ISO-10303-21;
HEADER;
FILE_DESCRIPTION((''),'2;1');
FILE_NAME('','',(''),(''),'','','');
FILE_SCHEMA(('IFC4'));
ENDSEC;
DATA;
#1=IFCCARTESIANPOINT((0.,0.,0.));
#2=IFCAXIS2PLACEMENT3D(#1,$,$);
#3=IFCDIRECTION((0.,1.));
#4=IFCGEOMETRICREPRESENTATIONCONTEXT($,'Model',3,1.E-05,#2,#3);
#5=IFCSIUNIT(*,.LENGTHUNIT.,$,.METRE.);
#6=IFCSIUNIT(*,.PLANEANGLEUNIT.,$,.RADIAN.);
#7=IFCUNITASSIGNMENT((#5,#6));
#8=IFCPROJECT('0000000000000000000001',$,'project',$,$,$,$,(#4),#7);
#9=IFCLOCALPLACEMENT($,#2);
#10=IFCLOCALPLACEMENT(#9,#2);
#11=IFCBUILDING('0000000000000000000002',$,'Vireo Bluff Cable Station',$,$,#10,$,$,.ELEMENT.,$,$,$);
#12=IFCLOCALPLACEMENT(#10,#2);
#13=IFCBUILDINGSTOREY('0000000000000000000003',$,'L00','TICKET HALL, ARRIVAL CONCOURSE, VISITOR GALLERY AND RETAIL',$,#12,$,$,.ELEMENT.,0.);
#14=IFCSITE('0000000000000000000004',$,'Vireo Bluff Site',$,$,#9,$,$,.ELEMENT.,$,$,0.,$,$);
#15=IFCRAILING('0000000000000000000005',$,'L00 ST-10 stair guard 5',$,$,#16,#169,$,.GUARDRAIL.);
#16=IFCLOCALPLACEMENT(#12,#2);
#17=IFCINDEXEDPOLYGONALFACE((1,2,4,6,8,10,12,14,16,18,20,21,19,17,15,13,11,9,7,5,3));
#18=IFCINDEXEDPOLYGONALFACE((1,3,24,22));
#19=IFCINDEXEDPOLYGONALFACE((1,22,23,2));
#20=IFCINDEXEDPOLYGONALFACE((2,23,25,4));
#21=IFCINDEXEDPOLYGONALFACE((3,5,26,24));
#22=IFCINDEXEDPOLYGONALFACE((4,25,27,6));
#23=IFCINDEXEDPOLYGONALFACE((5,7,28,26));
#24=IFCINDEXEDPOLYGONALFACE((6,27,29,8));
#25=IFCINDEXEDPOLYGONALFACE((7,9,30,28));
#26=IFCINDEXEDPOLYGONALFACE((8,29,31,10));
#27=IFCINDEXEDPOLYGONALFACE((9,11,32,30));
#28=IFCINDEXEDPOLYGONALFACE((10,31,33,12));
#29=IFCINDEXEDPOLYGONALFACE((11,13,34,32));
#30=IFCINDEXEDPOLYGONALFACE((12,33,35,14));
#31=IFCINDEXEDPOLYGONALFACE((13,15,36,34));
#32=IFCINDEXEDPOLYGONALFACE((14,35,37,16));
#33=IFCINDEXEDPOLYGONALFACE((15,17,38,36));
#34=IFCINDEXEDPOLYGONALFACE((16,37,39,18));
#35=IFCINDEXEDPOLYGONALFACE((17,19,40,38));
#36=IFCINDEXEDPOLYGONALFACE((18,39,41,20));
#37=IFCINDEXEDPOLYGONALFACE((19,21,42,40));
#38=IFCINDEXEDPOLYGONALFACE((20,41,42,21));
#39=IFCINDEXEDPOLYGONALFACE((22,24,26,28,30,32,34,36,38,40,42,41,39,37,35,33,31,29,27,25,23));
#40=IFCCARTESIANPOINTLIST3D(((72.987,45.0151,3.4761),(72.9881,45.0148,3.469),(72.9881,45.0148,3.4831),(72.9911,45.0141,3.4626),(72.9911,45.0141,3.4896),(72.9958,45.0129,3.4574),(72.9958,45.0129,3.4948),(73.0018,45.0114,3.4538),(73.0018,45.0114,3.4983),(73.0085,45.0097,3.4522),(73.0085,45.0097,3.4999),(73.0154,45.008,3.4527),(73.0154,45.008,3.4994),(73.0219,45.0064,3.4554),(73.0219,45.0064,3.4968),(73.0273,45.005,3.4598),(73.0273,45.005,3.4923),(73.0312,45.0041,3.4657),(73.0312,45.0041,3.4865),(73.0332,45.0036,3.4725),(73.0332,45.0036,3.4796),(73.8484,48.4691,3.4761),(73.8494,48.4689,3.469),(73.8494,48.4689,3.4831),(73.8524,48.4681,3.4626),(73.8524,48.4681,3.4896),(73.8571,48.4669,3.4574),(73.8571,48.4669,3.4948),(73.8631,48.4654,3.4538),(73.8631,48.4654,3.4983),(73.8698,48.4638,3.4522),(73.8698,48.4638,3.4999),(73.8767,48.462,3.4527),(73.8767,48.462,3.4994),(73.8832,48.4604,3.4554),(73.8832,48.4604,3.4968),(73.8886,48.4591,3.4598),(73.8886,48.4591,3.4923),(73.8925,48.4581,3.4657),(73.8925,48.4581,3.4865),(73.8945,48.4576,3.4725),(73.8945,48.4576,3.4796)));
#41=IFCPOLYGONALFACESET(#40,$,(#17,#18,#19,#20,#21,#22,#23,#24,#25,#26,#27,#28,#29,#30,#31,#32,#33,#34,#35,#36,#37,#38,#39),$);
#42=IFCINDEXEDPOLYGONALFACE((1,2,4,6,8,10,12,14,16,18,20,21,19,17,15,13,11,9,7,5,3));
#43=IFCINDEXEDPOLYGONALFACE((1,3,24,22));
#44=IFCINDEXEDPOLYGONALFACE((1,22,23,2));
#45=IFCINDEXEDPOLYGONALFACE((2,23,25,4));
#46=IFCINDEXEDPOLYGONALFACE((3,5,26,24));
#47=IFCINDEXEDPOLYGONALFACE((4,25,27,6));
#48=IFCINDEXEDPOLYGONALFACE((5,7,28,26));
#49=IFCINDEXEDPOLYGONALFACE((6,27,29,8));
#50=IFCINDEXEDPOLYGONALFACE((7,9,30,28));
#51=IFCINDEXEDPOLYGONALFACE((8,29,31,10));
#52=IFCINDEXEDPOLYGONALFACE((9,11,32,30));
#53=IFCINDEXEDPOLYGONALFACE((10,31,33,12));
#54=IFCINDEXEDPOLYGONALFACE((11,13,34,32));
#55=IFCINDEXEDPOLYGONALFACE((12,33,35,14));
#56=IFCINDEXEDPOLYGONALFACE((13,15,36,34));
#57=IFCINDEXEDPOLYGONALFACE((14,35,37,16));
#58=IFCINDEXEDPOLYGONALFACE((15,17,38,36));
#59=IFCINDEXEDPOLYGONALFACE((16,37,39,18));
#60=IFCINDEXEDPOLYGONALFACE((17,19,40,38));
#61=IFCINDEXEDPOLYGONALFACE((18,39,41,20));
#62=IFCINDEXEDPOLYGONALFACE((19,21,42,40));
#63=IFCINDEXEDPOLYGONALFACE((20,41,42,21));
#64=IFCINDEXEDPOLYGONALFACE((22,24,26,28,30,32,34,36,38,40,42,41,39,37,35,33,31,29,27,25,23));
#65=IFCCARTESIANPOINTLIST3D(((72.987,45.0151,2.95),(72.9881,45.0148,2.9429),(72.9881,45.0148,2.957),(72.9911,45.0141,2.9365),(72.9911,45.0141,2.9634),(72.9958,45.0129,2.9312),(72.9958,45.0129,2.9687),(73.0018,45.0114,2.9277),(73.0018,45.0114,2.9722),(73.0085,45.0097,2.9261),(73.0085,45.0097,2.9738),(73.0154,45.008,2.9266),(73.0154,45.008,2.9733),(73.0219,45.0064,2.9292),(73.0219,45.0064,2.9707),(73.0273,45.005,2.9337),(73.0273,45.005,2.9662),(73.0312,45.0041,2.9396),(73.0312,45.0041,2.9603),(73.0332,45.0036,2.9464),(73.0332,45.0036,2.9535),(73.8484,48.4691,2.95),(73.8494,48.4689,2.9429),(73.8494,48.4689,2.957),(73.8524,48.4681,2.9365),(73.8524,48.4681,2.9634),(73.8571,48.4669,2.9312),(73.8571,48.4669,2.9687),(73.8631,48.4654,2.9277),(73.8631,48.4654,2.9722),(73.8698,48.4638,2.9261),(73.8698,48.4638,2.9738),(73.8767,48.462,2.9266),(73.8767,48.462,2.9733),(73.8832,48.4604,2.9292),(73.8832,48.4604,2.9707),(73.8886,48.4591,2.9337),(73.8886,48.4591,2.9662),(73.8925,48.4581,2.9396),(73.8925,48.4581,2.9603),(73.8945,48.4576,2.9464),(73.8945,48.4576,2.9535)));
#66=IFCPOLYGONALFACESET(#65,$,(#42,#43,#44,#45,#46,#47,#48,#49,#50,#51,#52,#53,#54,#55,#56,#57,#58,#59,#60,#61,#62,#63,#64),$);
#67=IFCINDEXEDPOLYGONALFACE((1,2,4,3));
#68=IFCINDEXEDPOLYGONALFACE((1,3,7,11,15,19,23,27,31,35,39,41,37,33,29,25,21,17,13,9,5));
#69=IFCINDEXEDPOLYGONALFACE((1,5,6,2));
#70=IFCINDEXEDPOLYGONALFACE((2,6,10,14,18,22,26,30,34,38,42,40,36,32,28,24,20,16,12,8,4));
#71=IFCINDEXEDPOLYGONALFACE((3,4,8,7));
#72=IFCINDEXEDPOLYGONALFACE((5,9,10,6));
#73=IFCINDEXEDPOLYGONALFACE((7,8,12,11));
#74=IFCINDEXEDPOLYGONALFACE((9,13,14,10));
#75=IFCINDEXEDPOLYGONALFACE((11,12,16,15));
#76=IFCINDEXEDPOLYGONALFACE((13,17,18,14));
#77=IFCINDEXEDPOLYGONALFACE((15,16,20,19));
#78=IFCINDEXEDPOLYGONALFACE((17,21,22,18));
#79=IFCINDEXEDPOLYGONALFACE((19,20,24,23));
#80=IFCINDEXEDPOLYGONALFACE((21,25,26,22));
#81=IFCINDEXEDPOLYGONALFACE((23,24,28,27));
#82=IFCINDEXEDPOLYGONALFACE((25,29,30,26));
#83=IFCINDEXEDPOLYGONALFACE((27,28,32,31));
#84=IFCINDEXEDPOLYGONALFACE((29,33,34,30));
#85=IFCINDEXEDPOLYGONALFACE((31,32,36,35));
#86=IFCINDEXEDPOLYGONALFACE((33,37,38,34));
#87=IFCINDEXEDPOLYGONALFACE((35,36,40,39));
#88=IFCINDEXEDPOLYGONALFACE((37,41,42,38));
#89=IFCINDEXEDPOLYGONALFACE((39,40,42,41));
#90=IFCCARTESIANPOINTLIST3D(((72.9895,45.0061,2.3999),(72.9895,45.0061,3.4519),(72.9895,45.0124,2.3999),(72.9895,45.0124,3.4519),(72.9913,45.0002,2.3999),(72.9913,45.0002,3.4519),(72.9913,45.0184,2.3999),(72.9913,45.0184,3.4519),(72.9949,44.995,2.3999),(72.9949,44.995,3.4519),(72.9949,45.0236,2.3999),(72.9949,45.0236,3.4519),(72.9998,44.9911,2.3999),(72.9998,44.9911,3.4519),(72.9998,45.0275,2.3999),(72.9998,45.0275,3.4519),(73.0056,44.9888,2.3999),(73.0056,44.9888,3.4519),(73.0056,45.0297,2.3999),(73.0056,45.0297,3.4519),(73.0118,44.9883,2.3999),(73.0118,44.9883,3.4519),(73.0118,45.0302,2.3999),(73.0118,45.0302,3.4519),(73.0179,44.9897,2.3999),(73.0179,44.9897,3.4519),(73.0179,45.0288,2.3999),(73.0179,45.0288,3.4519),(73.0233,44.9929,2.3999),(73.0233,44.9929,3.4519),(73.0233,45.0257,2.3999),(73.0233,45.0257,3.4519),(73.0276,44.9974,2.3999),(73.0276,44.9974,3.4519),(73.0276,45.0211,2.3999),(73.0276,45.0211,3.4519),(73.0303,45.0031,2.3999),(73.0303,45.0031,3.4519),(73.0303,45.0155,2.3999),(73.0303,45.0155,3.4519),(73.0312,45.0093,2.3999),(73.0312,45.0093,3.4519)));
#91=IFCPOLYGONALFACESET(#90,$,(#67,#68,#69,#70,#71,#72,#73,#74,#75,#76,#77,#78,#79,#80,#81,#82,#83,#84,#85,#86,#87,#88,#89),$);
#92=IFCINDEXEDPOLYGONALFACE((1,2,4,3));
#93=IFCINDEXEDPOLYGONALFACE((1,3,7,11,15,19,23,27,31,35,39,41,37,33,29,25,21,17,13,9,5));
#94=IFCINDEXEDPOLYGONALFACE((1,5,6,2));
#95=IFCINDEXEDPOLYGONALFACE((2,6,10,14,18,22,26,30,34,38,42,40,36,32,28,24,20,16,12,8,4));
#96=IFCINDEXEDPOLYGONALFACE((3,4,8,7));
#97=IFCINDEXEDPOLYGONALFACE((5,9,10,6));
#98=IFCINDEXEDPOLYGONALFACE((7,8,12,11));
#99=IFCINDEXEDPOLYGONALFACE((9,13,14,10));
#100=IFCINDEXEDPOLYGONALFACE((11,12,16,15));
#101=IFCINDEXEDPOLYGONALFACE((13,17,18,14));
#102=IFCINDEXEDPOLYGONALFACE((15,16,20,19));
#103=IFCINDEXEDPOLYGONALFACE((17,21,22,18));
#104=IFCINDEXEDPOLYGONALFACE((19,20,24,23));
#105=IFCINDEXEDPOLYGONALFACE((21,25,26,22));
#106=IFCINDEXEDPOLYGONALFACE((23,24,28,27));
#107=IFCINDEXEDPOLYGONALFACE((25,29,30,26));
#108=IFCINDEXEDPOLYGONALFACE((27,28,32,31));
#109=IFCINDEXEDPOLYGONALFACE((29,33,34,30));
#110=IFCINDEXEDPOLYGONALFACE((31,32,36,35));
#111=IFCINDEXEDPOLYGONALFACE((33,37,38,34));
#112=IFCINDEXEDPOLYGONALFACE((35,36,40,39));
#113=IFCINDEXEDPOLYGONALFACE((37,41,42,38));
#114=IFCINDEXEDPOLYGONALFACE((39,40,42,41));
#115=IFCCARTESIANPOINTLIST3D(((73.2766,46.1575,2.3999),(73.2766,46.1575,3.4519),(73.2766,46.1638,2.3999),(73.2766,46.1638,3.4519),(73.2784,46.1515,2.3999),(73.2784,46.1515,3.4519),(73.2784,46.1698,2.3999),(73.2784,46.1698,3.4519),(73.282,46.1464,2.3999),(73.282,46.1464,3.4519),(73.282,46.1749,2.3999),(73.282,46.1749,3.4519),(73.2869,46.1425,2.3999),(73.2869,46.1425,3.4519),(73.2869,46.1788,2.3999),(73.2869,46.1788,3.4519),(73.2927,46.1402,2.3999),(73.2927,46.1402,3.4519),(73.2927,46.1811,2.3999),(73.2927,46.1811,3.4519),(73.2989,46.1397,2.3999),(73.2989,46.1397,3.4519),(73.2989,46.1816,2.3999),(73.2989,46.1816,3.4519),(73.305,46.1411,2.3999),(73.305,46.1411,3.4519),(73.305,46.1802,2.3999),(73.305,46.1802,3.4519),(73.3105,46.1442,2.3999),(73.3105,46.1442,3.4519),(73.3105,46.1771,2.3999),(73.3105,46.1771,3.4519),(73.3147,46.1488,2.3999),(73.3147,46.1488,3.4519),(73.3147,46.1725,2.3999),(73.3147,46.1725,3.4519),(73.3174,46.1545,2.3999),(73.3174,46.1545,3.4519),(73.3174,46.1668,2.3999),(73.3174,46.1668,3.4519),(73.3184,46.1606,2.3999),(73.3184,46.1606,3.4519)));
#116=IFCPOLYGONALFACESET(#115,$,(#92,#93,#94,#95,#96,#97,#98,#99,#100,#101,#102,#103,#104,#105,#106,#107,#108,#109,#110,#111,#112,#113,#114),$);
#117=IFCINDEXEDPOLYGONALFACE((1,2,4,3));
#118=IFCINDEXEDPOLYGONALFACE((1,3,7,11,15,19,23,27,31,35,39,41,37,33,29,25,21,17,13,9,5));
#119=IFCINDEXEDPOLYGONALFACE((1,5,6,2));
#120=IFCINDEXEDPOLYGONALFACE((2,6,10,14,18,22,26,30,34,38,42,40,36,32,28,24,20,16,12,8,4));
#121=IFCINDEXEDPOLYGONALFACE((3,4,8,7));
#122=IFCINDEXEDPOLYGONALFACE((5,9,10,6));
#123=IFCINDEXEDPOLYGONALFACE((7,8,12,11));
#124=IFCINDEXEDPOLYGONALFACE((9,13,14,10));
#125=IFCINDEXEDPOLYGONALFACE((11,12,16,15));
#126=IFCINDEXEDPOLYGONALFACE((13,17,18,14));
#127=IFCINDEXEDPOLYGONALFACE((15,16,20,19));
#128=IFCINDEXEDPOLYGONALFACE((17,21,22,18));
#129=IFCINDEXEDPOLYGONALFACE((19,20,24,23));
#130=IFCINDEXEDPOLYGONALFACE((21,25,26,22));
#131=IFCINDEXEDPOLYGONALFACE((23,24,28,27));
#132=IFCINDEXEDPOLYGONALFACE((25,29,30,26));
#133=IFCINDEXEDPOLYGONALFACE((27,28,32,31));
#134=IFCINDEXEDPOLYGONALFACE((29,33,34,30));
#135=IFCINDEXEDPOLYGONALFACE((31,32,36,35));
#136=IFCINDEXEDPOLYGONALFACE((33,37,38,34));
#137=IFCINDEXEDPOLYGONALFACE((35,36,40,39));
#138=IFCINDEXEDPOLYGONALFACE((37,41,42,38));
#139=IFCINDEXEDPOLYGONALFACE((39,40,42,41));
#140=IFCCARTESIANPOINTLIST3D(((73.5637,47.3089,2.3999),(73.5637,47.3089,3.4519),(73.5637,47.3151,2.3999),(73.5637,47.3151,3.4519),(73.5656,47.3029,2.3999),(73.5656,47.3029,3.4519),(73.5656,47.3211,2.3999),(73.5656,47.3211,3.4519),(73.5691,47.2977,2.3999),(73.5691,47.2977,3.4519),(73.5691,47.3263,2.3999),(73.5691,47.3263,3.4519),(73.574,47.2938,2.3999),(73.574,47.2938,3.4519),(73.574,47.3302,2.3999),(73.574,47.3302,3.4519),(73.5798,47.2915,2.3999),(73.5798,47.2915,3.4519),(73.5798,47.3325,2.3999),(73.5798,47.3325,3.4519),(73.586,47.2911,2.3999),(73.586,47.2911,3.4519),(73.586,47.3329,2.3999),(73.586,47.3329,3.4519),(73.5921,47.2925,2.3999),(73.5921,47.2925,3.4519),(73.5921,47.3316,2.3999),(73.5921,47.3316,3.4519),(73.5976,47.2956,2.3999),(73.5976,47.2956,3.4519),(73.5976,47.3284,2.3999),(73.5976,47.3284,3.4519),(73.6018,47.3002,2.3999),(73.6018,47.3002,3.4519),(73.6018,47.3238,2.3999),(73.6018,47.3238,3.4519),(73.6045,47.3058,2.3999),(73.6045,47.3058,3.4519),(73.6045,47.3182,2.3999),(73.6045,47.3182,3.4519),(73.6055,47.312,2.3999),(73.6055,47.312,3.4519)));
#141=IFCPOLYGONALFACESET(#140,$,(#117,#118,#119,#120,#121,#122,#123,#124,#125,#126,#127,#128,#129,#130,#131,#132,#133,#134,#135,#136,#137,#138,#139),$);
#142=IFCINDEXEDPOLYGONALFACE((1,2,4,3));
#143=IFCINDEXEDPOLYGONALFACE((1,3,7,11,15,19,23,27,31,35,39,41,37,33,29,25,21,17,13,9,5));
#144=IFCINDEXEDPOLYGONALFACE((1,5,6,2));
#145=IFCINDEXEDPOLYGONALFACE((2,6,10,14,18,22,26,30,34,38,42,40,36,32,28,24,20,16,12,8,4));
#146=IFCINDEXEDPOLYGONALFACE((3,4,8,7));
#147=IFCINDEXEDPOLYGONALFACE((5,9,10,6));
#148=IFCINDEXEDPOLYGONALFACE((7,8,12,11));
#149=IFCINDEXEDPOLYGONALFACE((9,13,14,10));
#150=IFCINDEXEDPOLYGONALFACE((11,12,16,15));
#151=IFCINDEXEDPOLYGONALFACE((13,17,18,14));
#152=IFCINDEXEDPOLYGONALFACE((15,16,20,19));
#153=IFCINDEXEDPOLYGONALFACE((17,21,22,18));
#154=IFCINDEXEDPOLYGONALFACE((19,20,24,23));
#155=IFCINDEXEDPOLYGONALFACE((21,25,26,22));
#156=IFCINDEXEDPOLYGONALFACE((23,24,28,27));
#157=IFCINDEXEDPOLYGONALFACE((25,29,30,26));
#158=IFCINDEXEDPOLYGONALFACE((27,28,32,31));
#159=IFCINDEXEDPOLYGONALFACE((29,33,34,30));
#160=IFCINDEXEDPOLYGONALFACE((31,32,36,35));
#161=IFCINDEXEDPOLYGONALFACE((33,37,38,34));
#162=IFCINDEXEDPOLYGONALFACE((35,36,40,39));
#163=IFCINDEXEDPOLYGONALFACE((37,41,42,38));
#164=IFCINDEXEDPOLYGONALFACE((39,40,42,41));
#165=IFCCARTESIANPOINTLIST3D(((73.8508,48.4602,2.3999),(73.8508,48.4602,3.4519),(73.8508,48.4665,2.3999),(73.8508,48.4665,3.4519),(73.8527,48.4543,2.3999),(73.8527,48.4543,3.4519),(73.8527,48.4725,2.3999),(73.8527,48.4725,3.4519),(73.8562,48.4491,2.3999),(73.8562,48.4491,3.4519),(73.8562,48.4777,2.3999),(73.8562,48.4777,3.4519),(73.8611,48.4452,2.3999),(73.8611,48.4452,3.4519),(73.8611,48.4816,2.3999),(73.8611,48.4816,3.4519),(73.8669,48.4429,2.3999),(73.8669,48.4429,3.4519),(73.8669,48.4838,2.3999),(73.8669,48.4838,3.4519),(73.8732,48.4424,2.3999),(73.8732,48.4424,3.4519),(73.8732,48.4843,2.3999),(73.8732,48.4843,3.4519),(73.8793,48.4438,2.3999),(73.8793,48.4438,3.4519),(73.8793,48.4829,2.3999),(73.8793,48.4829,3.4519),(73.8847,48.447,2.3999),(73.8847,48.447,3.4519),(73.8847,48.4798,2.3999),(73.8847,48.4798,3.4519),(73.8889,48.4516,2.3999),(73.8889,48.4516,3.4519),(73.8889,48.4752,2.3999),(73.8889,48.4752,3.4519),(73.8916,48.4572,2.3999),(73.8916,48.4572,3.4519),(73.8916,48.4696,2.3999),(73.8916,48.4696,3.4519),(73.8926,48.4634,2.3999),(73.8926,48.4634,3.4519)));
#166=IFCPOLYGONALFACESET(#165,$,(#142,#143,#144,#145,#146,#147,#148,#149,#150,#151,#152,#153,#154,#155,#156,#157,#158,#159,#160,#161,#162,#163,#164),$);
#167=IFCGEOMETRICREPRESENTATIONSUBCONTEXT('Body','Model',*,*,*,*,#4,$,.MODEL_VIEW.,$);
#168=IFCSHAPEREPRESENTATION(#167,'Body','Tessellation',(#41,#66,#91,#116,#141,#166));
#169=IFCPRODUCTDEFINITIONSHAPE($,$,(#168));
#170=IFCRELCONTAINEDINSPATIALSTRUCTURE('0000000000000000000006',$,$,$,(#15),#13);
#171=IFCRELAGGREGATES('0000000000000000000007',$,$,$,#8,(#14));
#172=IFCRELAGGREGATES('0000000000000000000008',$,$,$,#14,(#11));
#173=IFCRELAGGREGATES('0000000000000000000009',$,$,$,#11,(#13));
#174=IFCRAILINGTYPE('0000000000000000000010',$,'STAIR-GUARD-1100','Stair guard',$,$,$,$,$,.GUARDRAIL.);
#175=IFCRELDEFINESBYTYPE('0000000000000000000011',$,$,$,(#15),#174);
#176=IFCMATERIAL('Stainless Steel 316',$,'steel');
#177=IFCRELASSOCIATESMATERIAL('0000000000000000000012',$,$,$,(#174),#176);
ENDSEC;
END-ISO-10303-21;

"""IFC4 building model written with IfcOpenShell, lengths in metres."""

from ifc_helpers import new_model, si_unit, direction, frame, origin, origin_2d, place, context, subcontext, project, spatial, circle, extrude, material, type_object, element, save


model = new_model("IFC4")

# Units and contexts
model_context = context("Model", 3, precision=1e-05, world=origin(), true_north=direction((0.0, 1.0)))
body_context = subcontext(model_context, "Body", "Model", "MODEL_VIEW")
ifc_project = project(units=[si_unit("LENGTHUNIT", "METRE"), si_unit("PLANEANGLEUNIT", "RADIAN")], contexts=[model_context])

# Site, building, storey
site_placement = place(None, origin())
site = spatial("IfcSite", under=ifc_project, at=site_placement, Name="Vireo Bluff Site", CompositionType="ELEMENT", RefElevation=0.0)
building_placement = place(site_placement, origin())
building = spatial("IfcBuilding", under=site, at=building_placement, Name="Vireo Bluff Cable Station", CompositionType="ELEMENT")
storey_placement = place(building_placement, origin())
storey = spatial("IfcBuildingStorey", under=building, at=storey_placement, Name="L00", Description="TICKET HALL, ARRIVAL CONCOURSE, VISITOR GALLERY AND RETAIL", CompositionType="ELEMENT", Elevation=0.0)

# Railing
ifc_material_1 = material(Name="Stainless Steel 316", Category="steel")
railing_type_1 = type_object("IfcRailingType", Name="STAIR-GUARD-1100", Description="Stair guard", PredefinedType="GUARDRAIL", material=ifc_material_1)
railing_1_placement = place(storey_placement, frame((73.0103, 45.0093, 2.3999)))
element("IfcRailing", 1, at=railing_1_placement, inside=storey, type_object=railing_type_1, Name="L00 ST-10 stair guard 5", PredefinedType="GUARDRAIL", context=body_context, shape_type="SweptSolid", body=[
    extrude(circle(Radius=0.0239, at=origin_2d()), frame((0.0, 0.0, 1.0762), z_axis=(0.241955, 0.970288, 0.0), x_axis=(-0.970288, 0.241955, 0.0)), (0.0, 0.0, 1.0), 3.5598),
    extrude(circle(Radius=0.0239, at=origin_2d()), frame((0.0, 0.0, 0.55), z_axis=(0.241955, 0.970288, 0.0), x_axis=(-0.970288, 0.241955, 0.0)), (0.0, 0.0, 1.0), 3.5598),
    extrude(circle(Radius=0.021, at=origin_2d()), origin(), (0.0, 0.0, 1.0), 1.052),
    extrude(circle(Radius=0.021, at=origin_2d()), frame((0.2871, 1.1514, 0.0)), (0.0, 0.0, 1.0), 1.052),
    extrude(circle(Radius=0.021, at=origin_2d()), frame((0.5742, 2.3027, 0.0)), (0.0, 0.0, 1.0), 1.052),
    extrude(circle(Radius=0.021, at=origin_2d()), frame((0.8613, 3.4541, 0.0)), (0.0, 0.0, 1.0), 1.052),
])

save(model, "model.ifc")
